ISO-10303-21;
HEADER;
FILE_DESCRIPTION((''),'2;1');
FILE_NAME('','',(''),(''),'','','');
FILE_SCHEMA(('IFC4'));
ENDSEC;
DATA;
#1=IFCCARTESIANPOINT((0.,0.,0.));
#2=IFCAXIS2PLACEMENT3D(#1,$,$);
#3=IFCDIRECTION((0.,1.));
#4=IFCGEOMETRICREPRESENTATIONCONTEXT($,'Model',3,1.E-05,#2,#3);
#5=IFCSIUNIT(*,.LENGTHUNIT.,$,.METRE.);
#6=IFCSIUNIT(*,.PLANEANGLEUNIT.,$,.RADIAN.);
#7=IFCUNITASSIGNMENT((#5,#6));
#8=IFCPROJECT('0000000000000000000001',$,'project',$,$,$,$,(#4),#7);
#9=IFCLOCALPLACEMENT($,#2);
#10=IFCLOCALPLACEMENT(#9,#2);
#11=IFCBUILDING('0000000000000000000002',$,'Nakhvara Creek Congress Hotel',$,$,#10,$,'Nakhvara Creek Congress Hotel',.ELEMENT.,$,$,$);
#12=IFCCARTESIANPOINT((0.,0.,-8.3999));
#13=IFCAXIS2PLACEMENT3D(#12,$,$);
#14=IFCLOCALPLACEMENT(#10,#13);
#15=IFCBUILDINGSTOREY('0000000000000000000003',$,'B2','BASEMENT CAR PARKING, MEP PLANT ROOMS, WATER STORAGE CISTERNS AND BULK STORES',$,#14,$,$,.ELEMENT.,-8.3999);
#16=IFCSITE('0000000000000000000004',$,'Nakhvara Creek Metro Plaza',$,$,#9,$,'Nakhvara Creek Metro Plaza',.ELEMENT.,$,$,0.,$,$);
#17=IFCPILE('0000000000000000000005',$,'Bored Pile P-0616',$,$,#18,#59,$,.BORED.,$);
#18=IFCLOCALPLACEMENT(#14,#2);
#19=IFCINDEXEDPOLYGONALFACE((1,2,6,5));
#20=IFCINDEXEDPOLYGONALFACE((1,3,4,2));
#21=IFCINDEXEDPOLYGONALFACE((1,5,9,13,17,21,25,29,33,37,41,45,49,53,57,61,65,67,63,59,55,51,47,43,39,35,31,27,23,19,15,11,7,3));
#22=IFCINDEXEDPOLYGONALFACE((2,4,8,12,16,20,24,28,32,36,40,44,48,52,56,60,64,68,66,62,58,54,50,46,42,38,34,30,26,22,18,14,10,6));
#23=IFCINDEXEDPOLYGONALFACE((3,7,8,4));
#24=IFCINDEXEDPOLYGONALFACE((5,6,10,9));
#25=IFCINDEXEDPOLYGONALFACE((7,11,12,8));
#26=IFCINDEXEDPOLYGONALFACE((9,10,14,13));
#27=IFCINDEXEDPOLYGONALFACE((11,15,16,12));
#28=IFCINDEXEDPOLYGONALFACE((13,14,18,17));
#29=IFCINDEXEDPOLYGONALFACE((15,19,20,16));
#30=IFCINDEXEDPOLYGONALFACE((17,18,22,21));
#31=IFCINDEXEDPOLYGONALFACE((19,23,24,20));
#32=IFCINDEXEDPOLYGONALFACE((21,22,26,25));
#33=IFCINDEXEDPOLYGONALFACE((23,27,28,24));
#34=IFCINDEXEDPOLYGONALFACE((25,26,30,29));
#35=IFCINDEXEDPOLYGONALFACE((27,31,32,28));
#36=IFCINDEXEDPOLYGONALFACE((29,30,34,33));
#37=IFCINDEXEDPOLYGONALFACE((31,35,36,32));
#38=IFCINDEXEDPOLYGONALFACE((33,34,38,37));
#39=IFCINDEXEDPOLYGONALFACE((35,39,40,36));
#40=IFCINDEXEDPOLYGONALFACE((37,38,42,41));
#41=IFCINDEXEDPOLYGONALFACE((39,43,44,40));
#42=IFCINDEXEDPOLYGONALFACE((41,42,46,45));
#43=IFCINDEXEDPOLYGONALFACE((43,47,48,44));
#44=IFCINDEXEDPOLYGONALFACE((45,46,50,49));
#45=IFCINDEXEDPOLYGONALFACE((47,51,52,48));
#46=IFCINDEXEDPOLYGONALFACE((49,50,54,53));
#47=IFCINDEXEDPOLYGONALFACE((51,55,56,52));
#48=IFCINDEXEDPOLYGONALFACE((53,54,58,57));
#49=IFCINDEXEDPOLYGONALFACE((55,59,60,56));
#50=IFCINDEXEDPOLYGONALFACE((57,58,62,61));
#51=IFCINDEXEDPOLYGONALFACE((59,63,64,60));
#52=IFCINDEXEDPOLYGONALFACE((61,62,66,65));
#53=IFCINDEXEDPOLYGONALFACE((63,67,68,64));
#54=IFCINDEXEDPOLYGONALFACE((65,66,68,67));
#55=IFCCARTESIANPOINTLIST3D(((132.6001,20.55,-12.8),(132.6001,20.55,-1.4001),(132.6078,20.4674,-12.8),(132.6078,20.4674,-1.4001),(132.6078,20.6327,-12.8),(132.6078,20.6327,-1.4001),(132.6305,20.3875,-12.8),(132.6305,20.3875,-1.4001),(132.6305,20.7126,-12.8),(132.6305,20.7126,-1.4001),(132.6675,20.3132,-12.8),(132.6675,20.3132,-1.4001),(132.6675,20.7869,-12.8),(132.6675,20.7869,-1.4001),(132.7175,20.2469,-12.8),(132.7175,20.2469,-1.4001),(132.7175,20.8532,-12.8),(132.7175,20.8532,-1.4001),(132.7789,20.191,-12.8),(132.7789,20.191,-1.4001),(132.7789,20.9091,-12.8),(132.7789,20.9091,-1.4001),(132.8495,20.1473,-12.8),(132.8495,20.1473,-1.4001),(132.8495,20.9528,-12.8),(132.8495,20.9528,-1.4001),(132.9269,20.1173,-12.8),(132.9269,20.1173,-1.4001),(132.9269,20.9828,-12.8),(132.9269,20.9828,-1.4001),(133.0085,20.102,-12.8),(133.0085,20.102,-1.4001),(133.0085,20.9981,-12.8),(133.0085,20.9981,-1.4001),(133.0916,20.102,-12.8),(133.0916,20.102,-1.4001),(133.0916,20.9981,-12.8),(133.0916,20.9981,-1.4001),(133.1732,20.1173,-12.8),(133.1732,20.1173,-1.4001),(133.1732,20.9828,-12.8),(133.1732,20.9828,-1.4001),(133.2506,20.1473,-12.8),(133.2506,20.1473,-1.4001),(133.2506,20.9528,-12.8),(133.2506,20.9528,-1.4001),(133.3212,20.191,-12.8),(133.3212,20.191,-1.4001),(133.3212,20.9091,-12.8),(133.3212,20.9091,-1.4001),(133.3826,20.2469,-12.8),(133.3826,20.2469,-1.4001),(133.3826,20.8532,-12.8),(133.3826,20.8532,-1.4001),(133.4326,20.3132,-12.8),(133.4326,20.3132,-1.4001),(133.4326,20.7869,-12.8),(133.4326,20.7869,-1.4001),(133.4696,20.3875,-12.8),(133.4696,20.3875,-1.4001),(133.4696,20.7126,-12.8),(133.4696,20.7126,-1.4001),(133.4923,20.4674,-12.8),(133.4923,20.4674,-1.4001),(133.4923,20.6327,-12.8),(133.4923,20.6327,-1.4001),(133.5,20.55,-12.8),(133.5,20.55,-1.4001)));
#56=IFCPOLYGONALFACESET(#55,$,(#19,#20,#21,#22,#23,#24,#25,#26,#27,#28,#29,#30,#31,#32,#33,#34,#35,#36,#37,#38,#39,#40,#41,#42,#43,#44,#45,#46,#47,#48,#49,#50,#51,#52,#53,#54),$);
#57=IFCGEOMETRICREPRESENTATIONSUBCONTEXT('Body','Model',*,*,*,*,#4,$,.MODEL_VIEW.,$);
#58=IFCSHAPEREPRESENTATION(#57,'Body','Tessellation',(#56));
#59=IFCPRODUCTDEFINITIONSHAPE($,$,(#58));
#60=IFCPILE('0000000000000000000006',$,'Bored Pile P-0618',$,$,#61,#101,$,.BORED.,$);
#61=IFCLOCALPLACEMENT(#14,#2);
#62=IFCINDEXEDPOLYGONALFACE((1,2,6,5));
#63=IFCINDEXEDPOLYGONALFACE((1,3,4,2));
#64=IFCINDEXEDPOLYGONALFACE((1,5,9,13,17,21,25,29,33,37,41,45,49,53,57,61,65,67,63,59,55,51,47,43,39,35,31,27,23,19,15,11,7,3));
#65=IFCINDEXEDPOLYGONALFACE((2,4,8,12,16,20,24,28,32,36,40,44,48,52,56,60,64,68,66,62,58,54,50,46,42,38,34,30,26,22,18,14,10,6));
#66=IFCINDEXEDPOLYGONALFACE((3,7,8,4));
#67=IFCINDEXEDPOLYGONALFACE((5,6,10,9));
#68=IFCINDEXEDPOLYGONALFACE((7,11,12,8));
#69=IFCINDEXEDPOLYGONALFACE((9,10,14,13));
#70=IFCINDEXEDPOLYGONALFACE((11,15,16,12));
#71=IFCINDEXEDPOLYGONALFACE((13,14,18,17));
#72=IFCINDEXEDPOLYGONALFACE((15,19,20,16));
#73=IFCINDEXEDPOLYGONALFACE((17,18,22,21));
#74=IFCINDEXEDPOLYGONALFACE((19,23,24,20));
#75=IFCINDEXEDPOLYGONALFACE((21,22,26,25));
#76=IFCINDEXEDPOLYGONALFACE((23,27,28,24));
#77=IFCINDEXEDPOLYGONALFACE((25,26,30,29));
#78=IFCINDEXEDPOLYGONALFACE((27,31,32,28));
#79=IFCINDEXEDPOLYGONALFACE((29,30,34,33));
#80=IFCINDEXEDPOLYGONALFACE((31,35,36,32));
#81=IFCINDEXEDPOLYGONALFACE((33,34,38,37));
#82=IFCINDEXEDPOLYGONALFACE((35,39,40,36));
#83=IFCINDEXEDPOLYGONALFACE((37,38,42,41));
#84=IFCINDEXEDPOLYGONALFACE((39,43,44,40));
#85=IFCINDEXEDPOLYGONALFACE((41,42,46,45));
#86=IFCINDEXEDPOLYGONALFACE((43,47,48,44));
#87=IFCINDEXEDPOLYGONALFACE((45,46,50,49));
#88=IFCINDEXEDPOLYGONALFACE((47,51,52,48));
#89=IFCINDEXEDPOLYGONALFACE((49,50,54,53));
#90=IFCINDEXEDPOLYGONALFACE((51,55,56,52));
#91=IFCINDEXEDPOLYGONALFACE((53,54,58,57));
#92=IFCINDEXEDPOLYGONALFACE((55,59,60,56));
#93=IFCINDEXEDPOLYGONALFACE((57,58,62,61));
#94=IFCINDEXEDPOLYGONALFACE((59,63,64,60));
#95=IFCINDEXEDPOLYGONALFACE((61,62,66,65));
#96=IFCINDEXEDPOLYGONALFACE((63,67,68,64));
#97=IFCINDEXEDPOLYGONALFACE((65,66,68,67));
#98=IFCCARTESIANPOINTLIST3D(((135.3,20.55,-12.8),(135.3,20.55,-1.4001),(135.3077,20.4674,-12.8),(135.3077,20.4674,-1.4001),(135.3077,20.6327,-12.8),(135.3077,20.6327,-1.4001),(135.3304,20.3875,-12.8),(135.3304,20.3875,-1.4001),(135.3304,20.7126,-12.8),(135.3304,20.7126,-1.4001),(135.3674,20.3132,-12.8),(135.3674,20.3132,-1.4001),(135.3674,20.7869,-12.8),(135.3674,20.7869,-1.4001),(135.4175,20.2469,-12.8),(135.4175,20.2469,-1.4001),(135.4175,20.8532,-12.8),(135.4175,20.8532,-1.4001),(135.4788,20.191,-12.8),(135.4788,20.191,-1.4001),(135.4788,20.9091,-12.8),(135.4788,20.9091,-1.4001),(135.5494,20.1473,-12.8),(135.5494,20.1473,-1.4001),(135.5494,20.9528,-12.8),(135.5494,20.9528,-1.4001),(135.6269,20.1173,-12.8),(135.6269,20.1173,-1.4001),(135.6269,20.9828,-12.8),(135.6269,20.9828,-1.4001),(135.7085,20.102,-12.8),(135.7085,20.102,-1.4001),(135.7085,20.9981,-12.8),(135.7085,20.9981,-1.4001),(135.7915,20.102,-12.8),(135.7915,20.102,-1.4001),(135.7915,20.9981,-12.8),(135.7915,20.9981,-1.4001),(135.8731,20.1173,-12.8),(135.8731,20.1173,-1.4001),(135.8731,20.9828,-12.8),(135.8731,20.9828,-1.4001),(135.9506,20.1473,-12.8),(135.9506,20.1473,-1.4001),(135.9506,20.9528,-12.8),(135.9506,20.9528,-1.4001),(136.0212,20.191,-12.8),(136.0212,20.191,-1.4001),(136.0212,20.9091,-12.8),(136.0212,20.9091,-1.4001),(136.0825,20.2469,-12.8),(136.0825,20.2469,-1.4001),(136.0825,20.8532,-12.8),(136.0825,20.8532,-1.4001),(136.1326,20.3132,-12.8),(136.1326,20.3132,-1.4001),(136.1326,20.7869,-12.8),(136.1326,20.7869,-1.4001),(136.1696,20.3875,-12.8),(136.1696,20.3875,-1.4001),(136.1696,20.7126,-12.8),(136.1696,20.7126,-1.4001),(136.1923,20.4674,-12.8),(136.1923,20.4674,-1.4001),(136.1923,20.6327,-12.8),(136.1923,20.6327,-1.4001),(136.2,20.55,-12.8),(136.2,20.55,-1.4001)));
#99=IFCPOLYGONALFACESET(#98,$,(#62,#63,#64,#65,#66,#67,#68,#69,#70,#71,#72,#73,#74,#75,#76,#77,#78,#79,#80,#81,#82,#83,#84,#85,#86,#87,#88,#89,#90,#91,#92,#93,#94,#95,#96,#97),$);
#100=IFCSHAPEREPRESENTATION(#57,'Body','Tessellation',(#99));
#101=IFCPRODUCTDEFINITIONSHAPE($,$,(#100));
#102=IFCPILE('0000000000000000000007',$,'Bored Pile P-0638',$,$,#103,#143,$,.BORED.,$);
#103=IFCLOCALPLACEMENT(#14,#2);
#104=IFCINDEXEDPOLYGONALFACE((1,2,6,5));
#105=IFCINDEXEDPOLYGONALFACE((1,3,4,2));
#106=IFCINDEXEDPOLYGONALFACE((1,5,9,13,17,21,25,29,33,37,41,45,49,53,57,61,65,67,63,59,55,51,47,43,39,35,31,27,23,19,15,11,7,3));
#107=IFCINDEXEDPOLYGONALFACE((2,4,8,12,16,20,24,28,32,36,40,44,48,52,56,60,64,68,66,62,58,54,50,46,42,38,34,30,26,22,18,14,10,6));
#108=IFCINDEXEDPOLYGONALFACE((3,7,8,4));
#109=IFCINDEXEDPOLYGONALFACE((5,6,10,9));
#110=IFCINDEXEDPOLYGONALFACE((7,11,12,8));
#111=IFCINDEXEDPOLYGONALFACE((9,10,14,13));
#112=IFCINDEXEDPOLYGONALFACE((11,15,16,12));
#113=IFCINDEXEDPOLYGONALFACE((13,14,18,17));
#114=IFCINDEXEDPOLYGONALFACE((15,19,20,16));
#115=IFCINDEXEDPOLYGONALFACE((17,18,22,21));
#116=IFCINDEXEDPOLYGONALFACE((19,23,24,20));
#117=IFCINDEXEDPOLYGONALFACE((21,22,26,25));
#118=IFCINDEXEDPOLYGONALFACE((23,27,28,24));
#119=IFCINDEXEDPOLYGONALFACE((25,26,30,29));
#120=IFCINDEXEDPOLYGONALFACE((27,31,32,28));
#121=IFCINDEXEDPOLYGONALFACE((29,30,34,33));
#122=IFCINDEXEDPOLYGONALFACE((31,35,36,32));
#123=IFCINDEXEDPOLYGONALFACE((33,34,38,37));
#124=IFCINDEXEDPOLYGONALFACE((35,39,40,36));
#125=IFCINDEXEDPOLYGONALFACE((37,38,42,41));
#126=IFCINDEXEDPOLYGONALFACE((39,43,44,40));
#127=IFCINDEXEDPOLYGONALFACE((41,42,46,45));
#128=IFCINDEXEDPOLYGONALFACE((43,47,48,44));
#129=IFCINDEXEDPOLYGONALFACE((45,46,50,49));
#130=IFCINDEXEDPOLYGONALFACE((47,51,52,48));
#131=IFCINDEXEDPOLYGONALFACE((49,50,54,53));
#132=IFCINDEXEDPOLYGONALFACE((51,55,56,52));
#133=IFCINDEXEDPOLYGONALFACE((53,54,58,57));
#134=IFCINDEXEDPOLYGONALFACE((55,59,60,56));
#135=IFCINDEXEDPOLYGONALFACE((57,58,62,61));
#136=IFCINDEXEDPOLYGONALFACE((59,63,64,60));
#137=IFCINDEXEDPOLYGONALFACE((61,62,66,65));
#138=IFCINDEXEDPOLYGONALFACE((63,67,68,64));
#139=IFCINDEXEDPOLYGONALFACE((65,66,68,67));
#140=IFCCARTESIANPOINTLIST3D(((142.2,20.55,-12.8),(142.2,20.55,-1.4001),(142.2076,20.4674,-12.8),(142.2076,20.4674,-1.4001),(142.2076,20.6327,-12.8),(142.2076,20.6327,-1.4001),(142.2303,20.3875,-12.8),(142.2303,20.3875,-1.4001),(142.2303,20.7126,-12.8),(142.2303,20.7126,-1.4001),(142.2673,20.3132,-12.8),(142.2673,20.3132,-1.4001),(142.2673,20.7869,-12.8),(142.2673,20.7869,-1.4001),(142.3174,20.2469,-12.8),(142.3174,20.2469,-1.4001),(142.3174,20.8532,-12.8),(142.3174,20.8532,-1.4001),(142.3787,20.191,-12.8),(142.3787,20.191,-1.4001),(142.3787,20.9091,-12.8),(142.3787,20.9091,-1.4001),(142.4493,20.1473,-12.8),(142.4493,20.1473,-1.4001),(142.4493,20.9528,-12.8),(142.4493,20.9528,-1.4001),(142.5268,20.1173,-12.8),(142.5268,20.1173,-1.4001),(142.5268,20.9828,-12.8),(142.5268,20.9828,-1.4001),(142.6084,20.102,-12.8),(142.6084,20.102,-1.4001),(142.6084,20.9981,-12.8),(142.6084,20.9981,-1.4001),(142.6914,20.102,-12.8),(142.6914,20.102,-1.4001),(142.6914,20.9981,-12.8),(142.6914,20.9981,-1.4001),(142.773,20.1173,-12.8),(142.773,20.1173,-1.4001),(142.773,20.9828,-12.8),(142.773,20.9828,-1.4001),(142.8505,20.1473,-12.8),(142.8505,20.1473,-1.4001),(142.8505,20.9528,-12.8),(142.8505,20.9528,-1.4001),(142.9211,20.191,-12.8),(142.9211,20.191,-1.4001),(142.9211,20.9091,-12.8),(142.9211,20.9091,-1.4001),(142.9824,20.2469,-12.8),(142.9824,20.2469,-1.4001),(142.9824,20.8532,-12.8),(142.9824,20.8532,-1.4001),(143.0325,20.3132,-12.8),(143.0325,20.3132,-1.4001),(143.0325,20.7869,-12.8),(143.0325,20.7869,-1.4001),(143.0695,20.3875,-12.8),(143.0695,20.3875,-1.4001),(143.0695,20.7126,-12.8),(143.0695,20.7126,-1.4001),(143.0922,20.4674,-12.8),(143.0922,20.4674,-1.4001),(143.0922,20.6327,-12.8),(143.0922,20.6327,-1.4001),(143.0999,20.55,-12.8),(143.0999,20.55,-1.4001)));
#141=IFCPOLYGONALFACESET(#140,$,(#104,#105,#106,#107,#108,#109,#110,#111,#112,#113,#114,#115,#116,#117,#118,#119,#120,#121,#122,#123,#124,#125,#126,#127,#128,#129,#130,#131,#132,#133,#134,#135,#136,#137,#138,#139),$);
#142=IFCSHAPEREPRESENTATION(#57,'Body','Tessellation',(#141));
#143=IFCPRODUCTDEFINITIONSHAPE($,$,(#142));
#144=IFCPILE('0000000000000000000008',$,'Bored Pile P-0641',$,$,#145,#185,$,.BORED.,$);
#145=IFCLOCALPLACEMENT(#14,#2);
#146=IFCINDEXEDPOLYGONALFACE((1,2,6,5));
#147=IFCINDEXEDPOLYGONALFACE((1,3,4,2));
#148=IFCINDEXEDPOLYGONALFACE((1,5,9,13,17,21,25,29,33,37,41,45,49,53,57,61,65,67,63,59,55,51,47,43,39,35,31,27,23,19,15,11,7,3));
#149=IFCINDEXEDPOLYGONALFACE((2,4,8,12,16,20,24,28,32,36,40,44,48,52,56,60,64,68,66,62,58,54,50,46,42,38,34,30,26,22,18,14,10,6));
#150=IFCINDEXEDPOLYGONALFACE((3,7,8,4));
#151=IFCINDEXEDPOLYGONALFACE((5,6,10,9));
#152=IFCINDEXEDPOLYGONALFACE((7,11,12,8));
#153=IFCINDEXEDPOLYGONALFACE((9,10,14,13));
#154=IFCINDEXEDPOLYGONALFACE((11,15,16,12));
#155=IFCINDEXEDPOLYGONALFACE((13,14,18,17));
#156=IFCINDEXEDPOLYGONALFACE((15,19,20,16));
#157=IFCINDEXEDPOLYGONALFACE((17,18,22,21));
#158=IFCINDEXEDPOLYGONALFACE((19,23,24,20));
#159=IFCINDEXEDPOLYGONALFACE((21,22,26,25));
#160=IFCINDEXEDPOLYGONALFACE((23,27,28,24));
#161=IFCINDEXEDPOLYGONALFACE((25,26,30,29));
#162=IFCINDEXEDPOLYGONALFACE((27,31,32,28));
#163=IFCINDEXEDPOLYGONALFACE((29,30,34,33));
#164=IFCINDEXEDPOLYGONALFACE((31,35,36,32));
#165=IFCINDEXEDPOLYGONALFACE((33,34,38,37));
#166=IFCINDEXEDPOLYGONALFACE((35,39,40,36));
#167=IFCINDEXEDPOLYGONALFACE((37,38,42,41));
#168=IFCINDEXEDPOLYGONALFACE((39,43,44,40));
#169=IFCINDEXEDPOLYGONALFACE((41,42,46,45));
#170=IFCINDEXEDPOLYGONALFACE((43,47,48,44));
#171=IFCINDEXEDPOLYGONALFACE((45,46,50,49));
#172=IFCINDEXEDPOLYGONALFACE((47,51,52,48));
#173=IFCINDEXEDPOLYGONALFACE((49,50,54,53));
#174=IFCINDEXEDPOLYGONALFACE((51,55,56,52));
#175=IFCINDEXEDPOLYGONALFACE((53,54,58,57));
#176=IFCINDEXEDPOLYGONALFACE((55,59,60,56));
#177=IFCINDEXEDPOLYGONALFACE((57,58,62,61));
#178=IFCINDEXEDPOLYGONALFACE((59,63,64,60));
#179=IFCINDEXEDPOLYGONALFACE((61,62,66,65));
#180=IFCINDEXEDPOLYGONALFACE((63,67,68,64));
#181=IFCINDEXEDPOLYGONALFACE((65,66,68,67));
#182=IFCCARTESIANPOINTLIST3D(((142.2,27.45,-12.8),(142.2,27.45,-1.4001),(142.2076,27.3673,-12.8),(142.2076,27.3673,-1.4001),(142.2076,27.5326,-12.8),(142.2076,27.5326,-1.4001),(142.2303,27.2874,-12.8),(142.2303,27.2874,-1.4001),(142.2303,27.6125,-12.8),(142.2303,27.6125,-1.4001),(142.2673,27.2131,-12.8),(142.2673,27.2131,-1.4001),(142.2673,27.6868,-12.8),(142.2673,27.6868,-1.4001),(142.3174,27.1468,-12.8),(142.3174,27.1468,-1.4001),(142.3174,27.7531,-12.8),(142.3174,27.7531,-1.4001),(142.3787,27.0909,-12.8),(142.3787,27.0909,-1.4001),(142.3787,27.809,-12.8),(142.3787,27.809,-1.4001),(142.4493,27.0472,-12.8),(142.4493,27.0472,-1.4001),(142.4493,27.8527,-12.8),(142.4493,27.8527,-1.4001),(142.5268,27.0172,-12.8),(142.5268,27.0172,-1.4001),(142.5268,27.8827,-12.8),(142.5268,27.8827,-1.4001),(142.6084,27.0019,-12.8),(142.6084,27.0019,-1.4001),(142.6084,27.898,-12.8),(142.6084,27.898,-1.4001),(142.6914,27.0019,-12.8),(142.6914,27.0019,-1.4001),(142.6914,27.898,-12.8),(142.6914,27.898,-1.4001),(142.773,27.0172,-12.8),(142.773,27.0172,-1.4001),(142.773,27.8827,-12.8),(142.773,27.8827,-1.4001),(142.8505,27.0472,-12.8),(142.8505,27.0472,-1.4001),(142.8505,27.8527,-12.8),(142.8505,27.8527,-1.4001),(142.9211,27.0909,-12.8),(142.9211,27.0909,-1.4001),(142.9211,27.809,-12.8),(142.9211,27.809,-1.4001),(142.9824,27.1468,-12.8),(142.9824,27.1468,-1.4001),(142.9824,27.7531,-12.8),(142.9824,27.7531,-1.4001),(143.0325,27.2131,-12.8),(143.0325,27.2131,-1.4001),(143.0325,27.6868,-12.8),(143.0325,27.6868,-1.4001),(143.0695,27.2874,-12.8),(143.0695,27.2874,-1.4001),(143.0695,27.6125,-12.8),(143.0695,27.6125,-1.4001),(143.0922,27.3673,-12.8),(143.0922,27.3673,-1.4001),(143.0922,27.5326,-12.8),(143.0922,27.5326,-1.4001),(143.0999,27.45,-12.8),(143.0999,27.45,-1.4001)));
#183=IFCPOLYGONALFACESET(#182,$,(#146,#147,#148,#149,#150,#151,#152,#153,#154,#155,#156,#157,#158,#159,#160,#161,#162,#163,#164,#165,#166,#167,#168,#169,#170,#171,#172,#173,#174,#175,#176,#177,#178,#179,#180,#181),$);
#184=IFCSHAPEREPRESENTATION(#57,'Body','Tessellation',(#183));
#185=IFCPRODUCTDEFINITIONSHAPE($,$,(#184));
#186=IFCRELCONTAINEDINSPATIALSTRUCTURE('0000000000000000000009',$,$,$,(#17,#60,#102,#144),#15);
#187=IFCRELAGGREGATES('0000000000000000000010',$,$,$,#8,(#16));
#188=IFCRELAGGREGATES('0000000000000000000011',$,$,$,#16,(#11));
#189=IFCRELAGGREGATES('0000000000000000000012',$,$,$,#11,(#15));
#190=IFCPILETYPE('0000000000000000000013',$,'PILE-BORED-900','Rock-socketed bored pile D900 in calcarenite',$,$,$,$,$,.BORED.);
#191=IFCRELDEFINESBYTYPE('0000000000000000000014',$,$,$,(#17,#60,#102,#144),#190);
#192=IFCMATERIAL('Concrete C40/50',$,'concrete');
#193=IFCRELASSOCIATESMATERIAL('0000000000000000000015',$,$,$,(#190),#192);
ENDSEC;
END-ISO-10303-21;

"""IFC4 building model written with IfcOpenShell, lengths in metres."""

from ifc_helpers import new_model, si_unit, direction, frame, origin, origin_2d, place, context, subcontext, project, spatial, circle, extrude, material, material_profile, profile_set, type_object, element, save


model = new_model("IFC4")

# Units and contexts
model_context = context("Model", 3, precision=1e-05, world=origin(), true_north=direction((0.0, 1.0)))
body_context = subcontext(model_context, "Body", "Model", "MODEL_VIEW")
ifc_project = project(units=[si_unit("LENGTHUNIT", "METRE"), si_unit("PLANEANGLEUNIT", "RADIAN")], contexts=[model_context])

# Site, building, storey
site_placement = place(None, origin())
site = spatial("IfcSite", under=ifc_project, at=site_placement, Name="Nakhvara Creek Metro Plaza", LongName="Nakhvara Creek Metro Plaza", CompositionType="ELEMENT", RefElevation=0.0)
building_placement = place(site_placement, origin())
building = spatial("IfcBuilding", under=site, at=building_placement, Name="Nakhvara Creek Congress Hotel", LongName="Nakhvara Creek Congress Hotel", CompositionType="ELEMENT")
storey_placement = place(building_placement, frame((0.0, 0.0, -8.3999)))
storey = spatial("IfcBuildingStorey", under=building, at=storey_placement, Name="B2", Description="BASEMENT CAR PARKING, MEP PLANT ROOMS, WATER STORAGE CISTERNS AND BULK STORES", CompositionType="ELEMENT", Elevation=-8.3999)

# Shared definitions
ifc_material_1 = material(Name="Concrete C40/50", Category="concrete")

# Piles
ifc_material_profile_1 = material_profile(ifc_material_1, circle(Radius=0.45, at=origin_2d()), Name="BORED PILE D900", Category="LoadBearing")
ifc_profile_set_1 = profile_set([ifc_material_profile_1], Name="Concrete C40/50")
pile_type = type_object("IfcPileType", Name="PILE-BORED-900", Description="Rock-socketed bored pile D900 in calcarenite", PredefinedType="BORED", material=ifc_profile_set_1)
for number, where, z_axis, x_axis, name in (
    (1, (133.05, 20.55, -1.4001), (0.0, 0.0, -1.0), (1.0, 0.0, 0.0), "Bored Pile P-0616"),
    (2, (135.75, 20.55, -1.4001), (0.0, 0.0, -1.0), (1.0, 0.0, 0.0), "Bored Pile P-0618"),
    (3, (142.6499, 20.55, -1.4001), (0.0, 0.0, -1.0), (1.0, 0.0, 0.0), "Bored Pile P-0638"),
    (4, (142.6499, 27.45, -1.4001), (0.0, 0.0, -1.0), (1.0, 0.0, 0.0), "Bored Pile P-0641"),
):
    element("IfcPile", number, at=place(storey_placement, frame(where, z_axis=z_axis, x_axis=x_axis)), inside=storey, type_object=pile_type, Name=name, PredefinedType="BORED", context=body_context, shape_type="SweptSolid", body=[
        extrude(circle(Radius=0.45, at=origin_2d()), origin(), (0.0, 0.0, 1.0), 11.3999),
    ])

save(model, "model.ifc")
